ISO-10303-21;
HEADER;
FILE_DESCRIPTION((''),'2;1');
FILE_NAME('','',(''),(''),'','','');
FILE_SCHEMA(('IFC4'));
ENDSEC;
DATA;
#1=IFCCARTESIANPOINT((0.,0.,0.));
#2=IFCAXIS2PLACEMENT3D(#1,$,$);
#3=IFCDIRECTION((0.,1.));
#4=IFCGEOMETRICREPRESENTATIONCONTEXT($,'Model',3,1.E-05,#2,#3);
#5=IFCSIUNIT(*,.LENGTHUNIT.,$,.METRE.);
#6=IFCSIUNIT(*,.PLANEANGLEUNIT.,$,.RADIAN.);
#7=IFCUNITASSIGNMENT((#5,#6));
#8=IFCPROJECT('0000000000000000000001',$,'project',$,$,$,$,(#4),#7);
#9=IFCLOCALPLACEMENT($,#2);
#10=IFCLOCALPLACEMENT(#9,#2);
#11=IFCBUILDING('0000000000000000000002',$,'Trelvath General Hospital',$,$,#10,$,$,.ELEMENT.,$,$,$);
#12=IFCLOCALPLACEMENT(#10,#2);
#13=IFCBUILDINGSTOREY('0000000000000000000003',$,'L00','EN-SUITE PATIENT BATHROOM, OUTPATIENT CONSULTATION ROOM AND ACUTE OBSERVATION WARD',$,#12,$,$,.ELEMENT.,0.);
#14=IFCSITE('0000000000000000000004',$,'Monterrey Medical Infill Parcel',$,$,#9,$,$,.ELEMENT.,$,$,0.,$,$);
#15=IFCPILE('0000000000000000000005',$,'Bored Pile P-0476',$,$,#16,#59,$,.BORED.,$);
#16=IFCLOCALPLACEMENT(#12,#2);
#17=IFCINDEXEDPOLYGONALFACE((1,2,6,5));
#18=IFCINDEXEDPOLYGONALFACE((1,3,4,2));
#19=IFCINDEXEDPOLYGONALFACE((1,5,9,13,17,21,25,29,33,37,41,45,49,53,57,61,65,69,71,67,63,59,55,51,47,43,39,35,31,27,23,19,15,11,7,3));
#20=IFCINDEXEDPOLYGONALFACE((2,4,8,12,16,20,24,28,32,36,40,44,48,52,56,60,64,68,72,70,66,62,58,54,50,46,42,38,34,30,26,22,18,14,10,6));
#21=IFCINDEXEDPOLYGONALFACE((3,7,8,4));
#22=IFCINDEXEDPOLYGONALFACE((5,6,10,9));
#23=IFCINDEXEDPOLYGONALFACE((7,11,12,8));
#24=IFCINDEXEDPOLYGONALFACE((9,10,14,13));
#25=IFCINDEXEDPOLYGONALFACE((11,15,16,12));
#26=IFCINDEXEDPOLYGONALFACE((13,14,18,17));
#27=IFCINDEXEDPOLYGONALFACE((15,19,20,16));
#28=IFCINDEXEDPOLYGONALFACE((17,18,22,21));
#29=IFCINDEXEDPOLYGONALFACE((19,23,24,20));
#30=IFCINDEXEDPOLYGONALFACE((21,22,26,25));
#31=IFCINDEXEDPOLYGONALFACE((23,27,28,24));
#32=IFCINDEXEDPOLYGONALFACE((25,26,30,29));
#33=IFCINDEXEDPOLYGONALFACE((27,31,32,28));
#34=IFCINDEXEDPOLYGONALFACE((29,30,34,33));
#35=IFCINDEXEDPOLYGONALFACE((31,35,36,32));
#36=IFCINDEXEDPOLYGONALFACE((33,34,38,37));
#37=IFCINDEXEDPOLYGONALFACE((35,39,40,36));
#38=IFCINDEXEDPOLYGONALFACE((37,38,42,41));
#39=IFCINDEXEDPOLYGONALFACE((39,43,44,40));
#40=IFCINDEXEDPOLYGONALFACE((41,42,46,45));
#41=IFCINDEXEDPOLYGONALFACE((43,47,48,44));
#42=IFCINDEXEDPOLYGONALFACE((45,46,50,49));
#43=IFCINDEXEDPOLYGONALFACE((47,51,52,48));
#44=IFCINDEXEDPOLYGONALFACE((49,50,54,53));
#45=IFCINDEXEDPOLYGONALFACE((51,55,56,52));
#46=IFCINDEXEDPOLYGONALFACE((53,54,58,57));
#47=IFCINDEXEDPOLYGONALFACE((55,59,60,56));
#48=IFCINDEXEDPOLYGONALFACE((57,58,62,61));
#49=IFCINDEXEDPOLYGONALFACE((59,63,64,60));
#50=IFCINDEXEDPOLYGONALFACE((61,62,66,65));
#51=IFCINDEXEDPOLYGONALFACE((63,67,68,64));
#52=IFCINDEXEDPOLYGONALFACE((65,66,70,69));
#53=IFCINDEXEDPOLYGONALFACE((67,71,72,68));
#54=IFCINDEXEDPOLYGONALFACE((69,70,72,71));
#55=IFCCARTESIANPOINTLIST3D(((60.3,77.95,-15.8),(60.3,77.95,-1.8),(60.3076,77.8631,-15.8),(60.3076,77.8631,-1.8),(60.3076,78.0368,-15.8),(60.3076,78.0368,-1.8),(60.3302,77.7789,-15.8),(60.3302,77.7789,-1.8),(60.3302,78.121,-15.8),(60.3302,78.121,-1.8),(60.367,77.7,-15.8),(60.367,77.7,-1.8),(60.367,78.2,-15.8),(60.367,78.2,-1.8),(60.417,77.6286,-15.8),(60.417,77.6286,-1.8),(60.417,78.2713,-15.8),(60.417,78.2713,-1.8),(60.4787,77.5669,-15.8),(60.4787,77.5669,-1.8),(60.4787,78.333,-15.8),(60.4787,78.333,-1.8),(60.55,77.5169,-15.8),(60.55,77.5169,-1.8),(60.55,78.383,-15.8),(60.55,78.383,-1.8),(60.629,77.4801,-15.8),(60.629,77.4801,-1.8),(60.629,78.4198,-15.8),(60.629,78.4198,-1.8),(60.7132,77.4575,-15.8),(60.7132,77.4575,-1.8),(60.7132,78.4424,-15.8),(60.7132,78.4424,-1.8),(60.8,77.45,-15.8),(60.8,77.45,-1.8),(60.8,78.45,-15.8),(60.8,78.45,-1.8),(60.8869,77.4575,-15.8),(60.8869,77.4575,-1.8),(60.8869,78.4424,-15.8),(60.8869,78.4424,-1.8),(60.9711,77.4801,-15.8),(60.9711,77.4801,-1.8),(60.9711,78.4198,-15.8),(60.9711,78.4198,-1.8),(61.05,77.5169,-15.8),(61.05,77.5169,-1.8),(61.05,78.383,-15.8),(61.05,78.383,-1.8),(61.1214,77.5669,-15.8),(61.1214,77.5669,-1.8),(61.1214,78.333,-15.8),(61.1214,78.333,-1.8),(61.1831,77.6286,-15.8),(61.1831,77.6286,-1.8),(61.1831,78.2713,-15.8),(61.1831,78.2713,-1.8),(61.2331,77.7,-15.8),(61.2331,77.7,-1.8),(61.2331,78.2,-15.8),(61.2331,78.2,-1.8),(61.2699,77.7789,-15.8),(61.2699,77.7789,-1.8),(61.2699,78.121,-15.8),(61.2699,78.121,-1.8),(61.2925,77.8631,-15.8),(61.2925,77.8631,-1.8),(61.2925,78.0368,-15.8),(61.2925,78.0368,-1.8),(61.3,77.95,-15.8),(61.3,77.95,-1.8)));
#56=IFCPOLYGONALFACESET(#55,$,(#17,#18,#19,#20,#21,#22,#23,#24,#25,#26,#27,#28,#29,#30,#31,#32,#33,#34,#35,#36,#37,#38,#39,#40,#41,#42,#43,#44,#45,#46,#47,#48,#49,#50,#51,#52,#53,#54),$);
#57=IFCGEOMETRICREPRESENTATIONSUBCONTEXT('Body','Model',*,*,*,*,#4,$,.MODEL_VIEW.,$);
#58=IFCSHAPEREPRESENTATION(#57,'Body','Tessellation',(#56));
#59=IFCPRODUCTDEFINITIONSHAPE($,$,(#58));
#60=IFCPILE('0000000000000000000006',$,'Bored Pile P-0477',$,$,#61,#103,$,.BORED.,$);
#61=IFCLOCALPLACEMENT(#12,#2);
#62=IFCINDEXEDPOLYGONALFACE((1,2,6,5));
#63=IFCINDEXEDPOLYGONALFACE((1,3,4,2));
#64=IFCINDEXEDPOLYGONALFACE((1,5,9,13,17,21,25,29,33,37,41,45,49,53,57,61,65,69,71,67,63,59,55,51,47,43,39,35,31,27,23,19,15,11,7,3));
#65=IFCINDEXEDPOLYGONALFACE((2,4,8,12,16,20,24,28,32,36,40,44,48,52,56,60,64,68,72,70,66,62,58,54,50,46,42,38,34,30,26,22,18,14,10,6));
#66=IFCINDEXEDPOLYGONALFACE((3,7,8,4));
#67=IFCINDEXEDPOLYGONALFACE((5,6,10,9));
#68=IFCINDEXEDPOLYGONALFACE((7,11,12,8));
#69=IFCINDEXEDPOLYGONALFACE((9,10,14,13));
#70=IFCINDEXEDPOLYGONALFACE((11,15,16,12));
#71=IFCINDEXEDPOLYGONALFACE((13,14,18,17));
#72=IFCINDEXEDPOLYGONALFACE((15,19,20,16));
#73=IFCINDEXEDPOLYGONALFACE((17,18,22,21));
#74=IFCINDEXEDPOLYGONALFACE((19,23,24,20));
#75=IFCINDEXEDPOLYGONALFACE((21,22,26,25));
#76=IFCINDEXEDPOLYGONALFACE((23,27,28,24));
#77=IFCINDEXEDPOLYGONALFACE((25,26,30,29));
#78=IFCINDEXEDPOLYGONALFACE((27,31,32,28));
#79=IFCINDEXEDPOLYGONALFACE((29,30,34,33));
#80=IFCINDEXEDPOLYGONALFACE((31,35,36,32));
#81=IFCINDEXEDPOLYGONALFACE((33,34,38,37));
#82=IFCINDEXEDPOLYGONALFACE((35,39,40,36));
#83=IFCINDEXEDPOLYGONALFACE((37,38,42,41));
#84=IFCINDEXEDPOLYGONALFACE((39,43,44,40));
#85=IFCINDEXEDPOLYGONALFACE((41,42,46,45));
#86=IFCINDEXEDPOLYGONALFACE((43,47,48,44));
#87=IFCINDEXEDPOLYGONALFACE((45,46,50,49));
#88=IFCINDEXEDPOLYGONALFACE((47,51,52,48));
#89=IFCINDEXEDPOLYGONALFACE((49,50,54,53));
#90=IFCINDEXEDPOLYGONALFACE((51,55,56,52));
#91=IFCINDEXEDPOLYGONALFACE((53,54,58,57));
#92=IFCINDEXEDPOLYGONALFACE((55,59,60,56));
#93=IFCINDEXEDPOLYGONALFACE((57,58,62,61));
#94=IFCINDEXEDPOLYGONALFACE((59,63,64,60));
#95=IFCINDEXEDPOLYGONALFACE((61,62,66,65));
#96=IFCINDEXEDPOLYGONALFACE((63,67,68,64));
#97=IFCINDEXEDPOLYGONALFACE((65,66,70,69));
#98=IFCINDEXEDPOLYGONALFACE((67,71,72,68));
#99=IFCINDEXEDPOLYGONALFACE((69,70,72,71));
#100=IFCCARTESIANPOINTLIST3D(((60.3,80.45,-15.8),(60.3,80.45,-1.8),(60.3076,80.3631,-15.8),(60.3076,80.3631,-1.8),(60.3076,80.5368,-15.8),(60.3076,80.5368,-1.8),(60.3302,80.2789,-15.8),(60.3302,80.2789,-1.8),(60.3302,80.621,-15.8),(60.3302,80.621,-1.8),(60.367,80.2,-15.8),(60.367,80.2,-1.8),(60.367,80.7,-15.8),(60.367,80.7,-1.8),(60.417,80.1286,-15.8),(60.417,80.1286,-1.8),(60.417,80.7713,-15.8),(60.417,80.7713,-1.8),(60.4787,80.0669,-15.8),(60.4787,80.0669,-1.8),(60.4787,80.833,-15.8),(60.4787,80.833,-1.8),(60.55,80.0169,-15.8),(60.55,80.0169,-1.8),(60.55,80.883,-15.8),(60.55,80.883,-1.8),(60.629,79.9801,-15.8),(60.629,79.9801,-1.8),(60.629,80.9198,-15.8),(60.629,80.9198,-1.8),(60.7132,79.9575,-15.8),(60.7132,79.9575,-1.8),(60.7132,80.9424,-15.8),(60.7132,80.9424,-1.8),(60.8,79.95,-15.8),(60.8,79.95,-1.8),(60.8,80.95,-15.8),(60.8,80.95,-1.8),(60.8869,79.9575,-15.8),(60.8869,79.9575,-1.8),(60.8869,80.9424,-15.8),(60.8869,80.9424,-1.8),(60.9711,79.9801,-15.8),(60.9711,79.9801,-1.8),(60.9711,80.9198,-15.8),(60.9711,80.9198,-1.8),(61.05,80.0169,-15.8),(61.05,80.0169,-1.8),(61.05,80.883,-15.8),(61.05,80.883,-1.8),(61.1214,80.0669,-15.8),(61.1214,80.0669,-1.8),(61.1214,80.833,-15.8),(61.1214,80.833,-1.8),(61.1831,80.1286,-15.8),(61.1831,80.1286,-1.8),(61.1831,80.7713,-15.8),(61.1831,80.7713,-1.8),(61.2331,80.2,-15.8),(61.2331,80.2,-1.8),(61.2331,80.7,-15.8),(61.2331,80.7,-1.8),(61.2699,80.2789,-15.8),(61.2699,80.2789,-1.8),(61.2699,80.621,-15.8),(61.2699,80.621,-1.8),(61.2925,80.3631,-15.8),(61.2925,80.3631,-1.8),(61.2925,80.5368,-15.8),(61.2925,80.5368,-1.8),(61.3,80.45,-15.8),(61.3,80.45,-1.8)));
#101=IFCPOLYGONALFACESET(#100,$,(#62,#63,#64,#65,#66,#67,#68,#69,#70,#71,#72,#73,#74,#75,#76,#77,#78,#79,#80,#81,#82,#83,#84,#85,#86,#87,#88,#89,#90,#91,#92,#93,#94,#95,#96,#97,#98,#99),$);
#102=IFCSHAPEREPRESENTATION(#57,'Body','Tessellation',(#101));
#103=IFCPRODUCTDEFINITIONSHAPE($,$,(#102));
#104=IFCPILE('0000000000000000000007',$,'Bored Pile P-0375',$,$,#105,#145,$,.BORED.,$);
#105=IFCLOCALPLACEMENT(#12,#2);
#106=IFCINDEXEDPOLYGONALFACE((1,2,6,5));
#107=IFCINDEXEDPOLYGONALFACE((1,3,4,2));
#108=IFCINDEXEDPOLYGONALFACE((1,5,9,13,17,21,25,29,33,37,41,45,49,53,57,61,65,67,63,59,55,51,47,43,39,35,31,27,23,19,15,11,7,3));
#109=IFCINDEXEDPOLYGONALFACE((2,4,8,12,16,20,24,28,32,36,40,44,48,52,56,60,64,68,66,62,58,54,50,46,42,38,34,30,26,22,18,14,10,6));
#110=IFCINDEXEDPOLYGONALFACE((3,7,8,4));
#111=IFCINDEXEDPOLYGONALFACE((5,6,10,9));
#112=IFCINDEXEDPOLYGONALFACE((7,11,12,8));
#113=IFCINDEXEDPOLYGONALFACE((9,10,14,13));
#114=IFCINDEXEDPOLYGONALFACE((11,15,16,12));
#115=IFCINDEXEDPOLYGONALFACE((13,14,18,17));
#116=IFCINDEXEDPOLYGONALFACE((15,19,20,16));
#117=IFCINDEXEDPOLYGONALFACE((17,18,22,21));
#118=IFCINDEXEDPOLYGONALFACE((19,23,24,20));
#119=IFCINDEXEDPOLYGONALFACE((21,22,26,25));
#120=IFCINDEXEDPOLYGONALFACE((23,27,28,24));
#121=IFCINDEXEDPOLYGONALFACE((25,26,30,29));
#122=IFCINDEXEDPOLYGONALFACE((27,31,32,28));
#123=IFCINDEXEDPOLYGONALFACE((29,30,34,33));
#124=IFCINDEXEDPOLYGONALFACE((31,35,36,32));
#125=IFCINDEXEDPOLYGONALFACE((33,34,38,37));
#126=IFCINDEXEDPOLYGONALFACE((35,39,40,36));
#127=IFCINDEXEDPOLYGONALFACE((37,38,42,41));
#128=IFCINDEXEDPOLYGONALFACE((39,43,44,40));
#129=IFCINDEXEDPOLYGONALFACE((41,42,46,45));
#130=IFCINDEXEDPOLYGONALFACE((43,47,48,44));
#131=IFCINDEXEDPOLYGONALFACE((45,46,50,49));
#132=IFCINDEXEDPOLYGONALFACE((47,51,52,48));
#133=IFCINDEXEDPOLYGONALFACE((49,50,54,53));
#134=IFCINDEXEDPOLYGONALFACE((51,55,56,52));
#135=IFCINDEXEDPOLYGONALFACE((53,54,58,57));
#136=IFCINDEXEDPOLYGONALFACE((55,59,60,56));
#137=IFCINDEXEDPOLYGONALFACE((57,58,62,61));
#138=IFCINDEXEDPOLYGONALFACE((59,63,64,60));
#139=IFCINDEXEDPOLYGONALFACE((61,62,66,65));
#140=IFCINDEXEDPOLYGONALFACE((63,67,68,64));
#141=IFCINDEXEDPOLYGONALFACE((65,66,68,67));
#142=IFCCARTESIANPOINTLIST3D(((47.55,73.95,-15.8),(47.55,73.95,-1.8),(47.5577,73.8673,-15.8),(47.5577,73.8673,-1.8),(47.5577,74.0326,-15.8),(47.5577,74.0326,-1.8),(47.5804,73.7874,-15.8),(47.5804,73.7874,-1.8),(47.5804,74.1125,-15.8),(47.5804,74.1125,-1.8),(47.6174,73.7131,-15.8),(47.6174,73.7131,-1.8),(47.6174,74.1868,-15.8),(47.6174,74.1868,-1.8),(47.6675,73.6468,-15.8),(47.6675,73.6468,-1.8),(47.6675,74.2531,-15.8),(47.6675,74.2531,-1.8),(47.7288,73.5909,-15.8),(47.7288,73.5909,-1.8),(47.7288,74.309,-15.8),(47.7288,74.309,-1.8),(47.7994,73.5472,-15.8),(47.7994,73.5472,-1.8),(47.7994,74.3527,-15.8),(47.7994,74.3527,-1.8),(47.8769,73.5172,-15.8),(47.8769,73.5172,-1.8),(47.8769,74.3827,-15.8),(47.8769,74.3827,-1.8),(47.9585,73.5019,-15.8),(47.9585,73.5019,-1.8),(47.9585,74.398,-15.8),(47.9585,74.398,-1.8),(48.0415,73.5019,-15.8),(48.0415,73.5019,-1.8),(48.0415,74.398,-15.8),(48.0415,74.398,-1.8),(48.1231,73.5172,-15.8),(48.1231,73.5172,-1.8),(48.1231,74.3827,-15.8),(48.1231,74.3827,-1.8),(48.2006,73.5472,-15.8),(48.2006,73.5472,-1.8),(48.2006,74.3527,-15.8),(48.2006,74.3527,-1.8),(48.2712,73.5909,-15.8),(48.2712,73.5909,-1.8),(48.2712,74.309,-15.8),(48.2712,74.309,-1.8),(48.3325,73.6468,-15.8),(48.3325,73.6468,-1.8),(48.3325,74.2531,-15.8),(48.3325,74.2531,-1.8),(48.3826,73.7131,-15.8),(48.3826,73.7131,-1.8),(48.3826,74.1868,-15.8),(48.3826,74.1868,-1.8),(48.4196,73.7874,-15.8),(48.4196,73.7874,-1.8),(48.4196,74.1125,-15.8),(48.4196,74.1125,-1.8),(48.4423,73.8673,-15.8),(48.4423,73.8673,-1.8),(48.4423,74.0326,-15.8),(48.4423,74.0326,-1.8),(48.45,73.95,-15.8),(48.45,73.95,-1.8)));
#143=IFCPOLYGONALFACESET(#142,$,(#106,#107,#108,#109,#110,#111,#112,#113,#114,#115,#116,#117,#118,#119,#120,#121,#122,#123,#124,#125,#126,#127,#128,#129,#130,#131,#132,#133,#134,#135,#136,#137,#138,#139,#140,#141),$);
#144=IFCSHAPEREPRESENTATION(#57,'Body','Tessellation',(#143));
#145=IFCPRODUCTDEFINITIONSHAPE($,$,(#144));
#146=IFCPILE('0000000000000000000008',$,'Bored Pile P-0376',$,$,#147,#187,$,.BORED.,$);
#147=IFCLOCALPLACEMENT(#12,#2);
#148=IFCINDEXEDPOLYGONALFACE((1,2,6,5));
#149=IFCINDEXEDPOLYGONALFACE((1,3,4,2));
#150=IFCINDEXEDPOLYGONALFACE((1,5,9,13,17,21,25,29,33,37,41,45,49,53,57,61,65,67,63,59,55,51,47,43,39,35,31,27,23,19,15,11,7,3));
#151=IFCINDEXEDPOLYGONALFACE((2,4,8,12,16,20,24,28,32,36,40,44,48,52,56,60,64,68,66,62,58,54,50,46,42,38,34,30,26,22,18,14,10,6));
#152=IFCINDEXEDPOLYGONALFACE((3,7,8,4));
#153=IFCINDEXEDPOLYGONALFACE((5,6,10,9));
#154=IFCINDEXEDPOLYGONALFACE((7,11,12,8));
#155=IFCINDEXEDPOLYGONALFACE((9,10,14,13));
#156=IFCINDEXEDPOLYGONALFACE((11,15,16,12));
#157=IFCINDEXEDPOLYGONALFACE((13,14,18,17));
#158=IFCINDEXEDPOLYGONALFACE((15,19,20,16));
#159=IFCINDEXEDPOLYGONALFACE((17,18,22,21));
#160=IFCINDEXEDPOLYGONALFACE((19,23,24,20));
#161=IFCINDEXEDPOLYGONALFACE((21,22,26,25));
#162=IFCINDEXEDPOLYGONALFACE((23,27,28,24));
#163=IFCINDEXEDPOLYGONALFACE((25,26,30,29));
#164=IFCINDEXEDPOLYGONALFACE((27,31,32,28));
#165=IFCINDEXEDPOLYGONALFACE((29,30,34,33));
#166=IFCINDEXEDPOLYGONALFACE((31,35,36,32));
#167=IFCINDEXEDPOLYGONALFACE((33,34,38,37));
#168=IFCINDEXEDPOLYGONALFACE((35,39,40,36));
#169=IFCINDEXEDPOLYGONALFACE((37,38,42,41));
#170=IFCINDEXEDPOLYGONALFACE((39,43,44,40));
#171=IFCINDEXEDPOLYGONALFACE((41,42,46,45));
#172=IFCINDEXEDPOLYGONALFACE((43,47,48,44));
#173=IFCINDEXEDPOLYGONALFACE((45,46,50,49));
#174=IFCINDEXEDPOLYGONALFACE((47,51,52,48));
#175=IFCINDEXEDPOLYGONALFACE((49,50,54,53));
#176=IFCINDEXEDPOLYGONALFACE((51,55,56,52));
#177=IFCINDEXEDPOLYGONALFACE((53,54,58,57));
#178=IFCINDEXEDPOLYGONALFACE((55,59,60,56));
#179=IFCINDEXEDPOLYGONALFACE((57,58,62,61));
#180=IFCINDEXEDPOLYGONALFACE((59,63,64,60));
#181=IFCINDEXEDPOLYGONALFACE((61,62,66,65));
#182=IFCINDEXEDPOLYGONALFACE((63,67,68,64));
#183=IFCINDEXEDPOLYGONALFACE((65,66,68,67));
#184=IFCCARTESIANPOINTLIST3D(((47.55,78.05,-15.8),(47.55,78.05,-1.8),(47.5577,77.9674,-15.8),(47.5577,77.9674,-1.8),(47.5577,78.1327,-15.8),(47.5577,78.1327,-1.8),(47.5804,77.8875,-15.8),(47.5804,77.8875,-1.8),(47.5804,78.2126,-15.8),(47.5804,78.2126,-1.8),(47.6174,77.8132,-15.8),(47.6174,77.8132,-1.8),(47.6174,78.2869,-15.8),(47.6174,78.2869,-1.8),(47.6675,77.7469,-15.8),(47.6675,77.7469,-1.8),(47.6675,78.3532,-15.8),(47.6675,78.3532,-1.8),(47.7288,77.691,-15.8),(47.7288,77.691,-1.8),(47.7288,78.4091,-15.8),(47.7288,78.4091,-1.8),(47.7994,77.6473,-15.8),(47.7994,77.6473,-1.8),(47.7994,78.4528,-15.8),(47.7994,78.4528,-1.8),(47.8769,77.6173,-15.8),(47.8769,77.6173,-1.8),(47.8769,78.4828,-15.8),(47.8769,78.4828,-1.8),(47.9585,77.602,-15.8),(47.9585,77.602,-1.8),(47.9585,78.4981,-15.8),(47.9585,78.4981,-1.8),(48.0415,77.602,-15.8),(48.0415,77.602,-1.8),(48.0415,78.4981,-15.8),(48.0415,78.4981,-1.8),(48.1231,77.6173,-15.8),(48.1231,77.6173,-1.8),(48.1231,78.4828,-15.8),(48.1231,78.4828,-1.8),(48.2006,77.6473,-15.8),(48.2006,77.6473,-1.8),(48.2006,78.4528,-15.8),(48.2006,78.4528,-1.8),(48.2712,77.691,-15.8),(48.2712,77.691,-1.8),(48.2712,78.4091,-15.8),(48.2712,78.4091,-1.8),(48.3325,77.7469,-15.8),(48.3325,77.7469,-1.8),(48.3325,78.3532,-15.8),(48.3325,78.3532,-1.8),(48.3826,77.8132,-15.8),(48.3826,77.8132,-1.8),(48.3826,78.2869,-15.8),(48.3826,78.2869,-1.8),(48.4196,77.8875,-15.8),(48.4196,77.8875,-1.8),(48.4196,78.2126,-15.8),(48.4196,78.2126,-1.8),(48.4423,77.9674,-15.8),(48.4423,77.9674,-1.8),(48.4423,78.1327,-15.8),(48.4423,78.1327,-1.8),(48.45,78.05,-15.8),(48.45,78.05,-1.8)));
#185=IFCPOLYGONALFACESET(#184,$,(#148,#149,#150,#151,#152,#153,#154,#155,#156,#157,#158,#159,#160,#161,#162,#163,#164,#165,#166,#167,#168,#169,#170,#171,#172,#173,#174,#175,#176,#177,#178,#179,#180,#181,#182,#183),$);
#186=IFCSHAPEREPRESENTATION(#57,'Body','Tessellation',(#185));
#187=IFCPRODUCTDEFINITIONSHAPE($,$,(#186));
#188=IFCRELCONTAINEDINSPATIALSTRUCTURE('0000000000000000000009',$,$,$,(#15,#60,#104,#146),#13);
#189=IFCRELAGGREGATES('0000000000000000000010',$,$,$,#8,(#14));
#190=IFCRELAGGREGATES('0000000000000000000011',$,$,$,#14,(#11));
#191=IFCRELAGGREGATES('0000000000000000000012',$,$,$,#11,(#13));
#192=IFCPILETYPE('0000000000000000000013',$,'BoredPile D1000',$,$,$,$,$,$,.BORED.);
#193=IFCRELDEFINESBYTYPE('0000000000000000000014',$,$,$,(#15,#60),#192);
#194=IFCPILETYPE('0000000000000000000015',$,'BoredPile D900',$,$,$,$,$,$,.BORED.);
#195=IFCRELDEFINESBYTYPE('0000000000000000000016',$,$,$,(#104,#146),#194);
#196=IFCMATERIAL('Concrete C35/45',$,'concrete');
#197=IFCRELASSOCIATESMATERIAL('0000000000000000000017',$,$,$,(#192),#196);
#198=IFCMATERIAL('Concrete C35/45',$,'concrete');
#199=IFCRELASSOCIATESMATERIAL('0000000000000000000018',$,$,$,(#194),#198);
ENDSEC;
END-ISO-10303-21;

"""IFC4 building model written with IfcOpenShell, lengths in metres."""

from ifc_helpers import new_model, si_unit, direction, frame, origin, origin_2d, place, context, subcontext, project, spatial, circle, extrude, material, material_profile, profile_set, type_object, element, save


model = new_model("IFC4")

# Units and contexts
model_context = context("Model", 3, precision=1e-05, world=origin(), true_north=direction((0.0, 1.0)))
body_context = subcontext(model_context, "Body", "Model", "MODEL_VIEW")
ifc_project = project(units=[si_unit("LENGTHUNIT", "METRE"), si_unit("PLANEANGLEUNIT", "RADIAN")], contexts=[model_context])

# Site, building, storey
site_placement = place(None, origin())
site = spatial("IfcSite", under=ifc_project, at=site_placement, Name="Monterrey Medical Infill Parcel", CompositionType="ELEMENT", RefElevation=0.0)
building_placement = place(site_placement, origin())
building = spatial("IfcBuilding", under=site, at=building_placement, Name="Trelvath General Hospital", CompositionType="ELEMENT")
storey_placement = place(building_placement, origin())
storey = spatial("IfcBuildingStorey", under=building, at=storey_placement, Name="L00", Description="EN-SUITE PATIENT BATHROOM, OUTPATIENT CONSULTATION ROOM AND ACUTE OBSERVATION WARD", CompositionType="ELEMENT", Elevation=0.0)

# Piles
ifc_material_1 = material(Name="Concrete C35/45", Category="concrete")
ifc_material_profile_1 = material_profile(ifc_material_1, circle(Radius=0.5, at=origin_2d()), Name="PILE1000")
ifc_profile_set_1 = profile_set([ifc_material_profile_1], Name="Concrete C35/45")
pile_type_1 = type_object("IfcPileType", Name="BoredPile D1000", PredefinedType="BORED", material=ifc_profile_set_1)
for number, where, z_axis, x_axis, name in (
    (1, (60.8, 77.95, -1.8), (0.0, 0.0, -1.0), (1.0, 0.0, 0.0), "Bored Pile P-0476"),
    (2, (60.8, 80.45, -1.8), (0.0, 0.0, -1.0), (1.0, 0.0, 0.0), "Bored Pile P-0477"),
):
    element("IfcPile", number, at=place(storey_placement, frame(where, z_axis=z_axis, x_axis=x_axis)), inside=storey, type_object=pile_type_1, Name=name, PredefinedType="BORED", context=body_context, shape_type="SweptSolid", body=[
        extrude(circle(Radius=0.5, at=origin_2d()), origin(), (0.0, 0.0, 1.0), 14.0),
    ])
ifc_material_2 = material(Name="Concrete C35/45", Category="concrete")
ifc_material_profile_2 = material_profile(ifc_material_2, circle(Radius=0.45, at=origin_2d()), Name="PILE900")
ifc_profile_set_2 = profile_set([ifc_material_profile_2], Name="Concrete C35/45")
pile_type_2 = type_object("IfcPileType", Name="BoredPile D900", PredefinedType="BORED", material=ifc_profile_set_2)
for number, where, z_axis, x_axis, name in (
    (3, (48.0, 73.95, -1.8), (0.0, 0.0, -1.0), (1.0, 0.0, 0.0), "Bored Pile P-0375"),
    (4, (48.0, 78.05, -1.8), (0.0, 0.0, -1.0), (1.0, 0.0, 0.0), "Bored Pile P-0376"),
):
    element("IfcPile", number, at=place(storey_placement, frame(where, z_axis=z_axis, x_axis=x_axis)), inside=storey, type_object=pile_type_2, Name=name, PredefinedType="BORED", context=body_context, shape_type="SweptSolid", body=[
        extrude(circle(Radius=0.45, at=origin_2d()), origin(), (0.0, 0.0, 1.0), 14.0),
    ])

save(model, "model.ifc")
